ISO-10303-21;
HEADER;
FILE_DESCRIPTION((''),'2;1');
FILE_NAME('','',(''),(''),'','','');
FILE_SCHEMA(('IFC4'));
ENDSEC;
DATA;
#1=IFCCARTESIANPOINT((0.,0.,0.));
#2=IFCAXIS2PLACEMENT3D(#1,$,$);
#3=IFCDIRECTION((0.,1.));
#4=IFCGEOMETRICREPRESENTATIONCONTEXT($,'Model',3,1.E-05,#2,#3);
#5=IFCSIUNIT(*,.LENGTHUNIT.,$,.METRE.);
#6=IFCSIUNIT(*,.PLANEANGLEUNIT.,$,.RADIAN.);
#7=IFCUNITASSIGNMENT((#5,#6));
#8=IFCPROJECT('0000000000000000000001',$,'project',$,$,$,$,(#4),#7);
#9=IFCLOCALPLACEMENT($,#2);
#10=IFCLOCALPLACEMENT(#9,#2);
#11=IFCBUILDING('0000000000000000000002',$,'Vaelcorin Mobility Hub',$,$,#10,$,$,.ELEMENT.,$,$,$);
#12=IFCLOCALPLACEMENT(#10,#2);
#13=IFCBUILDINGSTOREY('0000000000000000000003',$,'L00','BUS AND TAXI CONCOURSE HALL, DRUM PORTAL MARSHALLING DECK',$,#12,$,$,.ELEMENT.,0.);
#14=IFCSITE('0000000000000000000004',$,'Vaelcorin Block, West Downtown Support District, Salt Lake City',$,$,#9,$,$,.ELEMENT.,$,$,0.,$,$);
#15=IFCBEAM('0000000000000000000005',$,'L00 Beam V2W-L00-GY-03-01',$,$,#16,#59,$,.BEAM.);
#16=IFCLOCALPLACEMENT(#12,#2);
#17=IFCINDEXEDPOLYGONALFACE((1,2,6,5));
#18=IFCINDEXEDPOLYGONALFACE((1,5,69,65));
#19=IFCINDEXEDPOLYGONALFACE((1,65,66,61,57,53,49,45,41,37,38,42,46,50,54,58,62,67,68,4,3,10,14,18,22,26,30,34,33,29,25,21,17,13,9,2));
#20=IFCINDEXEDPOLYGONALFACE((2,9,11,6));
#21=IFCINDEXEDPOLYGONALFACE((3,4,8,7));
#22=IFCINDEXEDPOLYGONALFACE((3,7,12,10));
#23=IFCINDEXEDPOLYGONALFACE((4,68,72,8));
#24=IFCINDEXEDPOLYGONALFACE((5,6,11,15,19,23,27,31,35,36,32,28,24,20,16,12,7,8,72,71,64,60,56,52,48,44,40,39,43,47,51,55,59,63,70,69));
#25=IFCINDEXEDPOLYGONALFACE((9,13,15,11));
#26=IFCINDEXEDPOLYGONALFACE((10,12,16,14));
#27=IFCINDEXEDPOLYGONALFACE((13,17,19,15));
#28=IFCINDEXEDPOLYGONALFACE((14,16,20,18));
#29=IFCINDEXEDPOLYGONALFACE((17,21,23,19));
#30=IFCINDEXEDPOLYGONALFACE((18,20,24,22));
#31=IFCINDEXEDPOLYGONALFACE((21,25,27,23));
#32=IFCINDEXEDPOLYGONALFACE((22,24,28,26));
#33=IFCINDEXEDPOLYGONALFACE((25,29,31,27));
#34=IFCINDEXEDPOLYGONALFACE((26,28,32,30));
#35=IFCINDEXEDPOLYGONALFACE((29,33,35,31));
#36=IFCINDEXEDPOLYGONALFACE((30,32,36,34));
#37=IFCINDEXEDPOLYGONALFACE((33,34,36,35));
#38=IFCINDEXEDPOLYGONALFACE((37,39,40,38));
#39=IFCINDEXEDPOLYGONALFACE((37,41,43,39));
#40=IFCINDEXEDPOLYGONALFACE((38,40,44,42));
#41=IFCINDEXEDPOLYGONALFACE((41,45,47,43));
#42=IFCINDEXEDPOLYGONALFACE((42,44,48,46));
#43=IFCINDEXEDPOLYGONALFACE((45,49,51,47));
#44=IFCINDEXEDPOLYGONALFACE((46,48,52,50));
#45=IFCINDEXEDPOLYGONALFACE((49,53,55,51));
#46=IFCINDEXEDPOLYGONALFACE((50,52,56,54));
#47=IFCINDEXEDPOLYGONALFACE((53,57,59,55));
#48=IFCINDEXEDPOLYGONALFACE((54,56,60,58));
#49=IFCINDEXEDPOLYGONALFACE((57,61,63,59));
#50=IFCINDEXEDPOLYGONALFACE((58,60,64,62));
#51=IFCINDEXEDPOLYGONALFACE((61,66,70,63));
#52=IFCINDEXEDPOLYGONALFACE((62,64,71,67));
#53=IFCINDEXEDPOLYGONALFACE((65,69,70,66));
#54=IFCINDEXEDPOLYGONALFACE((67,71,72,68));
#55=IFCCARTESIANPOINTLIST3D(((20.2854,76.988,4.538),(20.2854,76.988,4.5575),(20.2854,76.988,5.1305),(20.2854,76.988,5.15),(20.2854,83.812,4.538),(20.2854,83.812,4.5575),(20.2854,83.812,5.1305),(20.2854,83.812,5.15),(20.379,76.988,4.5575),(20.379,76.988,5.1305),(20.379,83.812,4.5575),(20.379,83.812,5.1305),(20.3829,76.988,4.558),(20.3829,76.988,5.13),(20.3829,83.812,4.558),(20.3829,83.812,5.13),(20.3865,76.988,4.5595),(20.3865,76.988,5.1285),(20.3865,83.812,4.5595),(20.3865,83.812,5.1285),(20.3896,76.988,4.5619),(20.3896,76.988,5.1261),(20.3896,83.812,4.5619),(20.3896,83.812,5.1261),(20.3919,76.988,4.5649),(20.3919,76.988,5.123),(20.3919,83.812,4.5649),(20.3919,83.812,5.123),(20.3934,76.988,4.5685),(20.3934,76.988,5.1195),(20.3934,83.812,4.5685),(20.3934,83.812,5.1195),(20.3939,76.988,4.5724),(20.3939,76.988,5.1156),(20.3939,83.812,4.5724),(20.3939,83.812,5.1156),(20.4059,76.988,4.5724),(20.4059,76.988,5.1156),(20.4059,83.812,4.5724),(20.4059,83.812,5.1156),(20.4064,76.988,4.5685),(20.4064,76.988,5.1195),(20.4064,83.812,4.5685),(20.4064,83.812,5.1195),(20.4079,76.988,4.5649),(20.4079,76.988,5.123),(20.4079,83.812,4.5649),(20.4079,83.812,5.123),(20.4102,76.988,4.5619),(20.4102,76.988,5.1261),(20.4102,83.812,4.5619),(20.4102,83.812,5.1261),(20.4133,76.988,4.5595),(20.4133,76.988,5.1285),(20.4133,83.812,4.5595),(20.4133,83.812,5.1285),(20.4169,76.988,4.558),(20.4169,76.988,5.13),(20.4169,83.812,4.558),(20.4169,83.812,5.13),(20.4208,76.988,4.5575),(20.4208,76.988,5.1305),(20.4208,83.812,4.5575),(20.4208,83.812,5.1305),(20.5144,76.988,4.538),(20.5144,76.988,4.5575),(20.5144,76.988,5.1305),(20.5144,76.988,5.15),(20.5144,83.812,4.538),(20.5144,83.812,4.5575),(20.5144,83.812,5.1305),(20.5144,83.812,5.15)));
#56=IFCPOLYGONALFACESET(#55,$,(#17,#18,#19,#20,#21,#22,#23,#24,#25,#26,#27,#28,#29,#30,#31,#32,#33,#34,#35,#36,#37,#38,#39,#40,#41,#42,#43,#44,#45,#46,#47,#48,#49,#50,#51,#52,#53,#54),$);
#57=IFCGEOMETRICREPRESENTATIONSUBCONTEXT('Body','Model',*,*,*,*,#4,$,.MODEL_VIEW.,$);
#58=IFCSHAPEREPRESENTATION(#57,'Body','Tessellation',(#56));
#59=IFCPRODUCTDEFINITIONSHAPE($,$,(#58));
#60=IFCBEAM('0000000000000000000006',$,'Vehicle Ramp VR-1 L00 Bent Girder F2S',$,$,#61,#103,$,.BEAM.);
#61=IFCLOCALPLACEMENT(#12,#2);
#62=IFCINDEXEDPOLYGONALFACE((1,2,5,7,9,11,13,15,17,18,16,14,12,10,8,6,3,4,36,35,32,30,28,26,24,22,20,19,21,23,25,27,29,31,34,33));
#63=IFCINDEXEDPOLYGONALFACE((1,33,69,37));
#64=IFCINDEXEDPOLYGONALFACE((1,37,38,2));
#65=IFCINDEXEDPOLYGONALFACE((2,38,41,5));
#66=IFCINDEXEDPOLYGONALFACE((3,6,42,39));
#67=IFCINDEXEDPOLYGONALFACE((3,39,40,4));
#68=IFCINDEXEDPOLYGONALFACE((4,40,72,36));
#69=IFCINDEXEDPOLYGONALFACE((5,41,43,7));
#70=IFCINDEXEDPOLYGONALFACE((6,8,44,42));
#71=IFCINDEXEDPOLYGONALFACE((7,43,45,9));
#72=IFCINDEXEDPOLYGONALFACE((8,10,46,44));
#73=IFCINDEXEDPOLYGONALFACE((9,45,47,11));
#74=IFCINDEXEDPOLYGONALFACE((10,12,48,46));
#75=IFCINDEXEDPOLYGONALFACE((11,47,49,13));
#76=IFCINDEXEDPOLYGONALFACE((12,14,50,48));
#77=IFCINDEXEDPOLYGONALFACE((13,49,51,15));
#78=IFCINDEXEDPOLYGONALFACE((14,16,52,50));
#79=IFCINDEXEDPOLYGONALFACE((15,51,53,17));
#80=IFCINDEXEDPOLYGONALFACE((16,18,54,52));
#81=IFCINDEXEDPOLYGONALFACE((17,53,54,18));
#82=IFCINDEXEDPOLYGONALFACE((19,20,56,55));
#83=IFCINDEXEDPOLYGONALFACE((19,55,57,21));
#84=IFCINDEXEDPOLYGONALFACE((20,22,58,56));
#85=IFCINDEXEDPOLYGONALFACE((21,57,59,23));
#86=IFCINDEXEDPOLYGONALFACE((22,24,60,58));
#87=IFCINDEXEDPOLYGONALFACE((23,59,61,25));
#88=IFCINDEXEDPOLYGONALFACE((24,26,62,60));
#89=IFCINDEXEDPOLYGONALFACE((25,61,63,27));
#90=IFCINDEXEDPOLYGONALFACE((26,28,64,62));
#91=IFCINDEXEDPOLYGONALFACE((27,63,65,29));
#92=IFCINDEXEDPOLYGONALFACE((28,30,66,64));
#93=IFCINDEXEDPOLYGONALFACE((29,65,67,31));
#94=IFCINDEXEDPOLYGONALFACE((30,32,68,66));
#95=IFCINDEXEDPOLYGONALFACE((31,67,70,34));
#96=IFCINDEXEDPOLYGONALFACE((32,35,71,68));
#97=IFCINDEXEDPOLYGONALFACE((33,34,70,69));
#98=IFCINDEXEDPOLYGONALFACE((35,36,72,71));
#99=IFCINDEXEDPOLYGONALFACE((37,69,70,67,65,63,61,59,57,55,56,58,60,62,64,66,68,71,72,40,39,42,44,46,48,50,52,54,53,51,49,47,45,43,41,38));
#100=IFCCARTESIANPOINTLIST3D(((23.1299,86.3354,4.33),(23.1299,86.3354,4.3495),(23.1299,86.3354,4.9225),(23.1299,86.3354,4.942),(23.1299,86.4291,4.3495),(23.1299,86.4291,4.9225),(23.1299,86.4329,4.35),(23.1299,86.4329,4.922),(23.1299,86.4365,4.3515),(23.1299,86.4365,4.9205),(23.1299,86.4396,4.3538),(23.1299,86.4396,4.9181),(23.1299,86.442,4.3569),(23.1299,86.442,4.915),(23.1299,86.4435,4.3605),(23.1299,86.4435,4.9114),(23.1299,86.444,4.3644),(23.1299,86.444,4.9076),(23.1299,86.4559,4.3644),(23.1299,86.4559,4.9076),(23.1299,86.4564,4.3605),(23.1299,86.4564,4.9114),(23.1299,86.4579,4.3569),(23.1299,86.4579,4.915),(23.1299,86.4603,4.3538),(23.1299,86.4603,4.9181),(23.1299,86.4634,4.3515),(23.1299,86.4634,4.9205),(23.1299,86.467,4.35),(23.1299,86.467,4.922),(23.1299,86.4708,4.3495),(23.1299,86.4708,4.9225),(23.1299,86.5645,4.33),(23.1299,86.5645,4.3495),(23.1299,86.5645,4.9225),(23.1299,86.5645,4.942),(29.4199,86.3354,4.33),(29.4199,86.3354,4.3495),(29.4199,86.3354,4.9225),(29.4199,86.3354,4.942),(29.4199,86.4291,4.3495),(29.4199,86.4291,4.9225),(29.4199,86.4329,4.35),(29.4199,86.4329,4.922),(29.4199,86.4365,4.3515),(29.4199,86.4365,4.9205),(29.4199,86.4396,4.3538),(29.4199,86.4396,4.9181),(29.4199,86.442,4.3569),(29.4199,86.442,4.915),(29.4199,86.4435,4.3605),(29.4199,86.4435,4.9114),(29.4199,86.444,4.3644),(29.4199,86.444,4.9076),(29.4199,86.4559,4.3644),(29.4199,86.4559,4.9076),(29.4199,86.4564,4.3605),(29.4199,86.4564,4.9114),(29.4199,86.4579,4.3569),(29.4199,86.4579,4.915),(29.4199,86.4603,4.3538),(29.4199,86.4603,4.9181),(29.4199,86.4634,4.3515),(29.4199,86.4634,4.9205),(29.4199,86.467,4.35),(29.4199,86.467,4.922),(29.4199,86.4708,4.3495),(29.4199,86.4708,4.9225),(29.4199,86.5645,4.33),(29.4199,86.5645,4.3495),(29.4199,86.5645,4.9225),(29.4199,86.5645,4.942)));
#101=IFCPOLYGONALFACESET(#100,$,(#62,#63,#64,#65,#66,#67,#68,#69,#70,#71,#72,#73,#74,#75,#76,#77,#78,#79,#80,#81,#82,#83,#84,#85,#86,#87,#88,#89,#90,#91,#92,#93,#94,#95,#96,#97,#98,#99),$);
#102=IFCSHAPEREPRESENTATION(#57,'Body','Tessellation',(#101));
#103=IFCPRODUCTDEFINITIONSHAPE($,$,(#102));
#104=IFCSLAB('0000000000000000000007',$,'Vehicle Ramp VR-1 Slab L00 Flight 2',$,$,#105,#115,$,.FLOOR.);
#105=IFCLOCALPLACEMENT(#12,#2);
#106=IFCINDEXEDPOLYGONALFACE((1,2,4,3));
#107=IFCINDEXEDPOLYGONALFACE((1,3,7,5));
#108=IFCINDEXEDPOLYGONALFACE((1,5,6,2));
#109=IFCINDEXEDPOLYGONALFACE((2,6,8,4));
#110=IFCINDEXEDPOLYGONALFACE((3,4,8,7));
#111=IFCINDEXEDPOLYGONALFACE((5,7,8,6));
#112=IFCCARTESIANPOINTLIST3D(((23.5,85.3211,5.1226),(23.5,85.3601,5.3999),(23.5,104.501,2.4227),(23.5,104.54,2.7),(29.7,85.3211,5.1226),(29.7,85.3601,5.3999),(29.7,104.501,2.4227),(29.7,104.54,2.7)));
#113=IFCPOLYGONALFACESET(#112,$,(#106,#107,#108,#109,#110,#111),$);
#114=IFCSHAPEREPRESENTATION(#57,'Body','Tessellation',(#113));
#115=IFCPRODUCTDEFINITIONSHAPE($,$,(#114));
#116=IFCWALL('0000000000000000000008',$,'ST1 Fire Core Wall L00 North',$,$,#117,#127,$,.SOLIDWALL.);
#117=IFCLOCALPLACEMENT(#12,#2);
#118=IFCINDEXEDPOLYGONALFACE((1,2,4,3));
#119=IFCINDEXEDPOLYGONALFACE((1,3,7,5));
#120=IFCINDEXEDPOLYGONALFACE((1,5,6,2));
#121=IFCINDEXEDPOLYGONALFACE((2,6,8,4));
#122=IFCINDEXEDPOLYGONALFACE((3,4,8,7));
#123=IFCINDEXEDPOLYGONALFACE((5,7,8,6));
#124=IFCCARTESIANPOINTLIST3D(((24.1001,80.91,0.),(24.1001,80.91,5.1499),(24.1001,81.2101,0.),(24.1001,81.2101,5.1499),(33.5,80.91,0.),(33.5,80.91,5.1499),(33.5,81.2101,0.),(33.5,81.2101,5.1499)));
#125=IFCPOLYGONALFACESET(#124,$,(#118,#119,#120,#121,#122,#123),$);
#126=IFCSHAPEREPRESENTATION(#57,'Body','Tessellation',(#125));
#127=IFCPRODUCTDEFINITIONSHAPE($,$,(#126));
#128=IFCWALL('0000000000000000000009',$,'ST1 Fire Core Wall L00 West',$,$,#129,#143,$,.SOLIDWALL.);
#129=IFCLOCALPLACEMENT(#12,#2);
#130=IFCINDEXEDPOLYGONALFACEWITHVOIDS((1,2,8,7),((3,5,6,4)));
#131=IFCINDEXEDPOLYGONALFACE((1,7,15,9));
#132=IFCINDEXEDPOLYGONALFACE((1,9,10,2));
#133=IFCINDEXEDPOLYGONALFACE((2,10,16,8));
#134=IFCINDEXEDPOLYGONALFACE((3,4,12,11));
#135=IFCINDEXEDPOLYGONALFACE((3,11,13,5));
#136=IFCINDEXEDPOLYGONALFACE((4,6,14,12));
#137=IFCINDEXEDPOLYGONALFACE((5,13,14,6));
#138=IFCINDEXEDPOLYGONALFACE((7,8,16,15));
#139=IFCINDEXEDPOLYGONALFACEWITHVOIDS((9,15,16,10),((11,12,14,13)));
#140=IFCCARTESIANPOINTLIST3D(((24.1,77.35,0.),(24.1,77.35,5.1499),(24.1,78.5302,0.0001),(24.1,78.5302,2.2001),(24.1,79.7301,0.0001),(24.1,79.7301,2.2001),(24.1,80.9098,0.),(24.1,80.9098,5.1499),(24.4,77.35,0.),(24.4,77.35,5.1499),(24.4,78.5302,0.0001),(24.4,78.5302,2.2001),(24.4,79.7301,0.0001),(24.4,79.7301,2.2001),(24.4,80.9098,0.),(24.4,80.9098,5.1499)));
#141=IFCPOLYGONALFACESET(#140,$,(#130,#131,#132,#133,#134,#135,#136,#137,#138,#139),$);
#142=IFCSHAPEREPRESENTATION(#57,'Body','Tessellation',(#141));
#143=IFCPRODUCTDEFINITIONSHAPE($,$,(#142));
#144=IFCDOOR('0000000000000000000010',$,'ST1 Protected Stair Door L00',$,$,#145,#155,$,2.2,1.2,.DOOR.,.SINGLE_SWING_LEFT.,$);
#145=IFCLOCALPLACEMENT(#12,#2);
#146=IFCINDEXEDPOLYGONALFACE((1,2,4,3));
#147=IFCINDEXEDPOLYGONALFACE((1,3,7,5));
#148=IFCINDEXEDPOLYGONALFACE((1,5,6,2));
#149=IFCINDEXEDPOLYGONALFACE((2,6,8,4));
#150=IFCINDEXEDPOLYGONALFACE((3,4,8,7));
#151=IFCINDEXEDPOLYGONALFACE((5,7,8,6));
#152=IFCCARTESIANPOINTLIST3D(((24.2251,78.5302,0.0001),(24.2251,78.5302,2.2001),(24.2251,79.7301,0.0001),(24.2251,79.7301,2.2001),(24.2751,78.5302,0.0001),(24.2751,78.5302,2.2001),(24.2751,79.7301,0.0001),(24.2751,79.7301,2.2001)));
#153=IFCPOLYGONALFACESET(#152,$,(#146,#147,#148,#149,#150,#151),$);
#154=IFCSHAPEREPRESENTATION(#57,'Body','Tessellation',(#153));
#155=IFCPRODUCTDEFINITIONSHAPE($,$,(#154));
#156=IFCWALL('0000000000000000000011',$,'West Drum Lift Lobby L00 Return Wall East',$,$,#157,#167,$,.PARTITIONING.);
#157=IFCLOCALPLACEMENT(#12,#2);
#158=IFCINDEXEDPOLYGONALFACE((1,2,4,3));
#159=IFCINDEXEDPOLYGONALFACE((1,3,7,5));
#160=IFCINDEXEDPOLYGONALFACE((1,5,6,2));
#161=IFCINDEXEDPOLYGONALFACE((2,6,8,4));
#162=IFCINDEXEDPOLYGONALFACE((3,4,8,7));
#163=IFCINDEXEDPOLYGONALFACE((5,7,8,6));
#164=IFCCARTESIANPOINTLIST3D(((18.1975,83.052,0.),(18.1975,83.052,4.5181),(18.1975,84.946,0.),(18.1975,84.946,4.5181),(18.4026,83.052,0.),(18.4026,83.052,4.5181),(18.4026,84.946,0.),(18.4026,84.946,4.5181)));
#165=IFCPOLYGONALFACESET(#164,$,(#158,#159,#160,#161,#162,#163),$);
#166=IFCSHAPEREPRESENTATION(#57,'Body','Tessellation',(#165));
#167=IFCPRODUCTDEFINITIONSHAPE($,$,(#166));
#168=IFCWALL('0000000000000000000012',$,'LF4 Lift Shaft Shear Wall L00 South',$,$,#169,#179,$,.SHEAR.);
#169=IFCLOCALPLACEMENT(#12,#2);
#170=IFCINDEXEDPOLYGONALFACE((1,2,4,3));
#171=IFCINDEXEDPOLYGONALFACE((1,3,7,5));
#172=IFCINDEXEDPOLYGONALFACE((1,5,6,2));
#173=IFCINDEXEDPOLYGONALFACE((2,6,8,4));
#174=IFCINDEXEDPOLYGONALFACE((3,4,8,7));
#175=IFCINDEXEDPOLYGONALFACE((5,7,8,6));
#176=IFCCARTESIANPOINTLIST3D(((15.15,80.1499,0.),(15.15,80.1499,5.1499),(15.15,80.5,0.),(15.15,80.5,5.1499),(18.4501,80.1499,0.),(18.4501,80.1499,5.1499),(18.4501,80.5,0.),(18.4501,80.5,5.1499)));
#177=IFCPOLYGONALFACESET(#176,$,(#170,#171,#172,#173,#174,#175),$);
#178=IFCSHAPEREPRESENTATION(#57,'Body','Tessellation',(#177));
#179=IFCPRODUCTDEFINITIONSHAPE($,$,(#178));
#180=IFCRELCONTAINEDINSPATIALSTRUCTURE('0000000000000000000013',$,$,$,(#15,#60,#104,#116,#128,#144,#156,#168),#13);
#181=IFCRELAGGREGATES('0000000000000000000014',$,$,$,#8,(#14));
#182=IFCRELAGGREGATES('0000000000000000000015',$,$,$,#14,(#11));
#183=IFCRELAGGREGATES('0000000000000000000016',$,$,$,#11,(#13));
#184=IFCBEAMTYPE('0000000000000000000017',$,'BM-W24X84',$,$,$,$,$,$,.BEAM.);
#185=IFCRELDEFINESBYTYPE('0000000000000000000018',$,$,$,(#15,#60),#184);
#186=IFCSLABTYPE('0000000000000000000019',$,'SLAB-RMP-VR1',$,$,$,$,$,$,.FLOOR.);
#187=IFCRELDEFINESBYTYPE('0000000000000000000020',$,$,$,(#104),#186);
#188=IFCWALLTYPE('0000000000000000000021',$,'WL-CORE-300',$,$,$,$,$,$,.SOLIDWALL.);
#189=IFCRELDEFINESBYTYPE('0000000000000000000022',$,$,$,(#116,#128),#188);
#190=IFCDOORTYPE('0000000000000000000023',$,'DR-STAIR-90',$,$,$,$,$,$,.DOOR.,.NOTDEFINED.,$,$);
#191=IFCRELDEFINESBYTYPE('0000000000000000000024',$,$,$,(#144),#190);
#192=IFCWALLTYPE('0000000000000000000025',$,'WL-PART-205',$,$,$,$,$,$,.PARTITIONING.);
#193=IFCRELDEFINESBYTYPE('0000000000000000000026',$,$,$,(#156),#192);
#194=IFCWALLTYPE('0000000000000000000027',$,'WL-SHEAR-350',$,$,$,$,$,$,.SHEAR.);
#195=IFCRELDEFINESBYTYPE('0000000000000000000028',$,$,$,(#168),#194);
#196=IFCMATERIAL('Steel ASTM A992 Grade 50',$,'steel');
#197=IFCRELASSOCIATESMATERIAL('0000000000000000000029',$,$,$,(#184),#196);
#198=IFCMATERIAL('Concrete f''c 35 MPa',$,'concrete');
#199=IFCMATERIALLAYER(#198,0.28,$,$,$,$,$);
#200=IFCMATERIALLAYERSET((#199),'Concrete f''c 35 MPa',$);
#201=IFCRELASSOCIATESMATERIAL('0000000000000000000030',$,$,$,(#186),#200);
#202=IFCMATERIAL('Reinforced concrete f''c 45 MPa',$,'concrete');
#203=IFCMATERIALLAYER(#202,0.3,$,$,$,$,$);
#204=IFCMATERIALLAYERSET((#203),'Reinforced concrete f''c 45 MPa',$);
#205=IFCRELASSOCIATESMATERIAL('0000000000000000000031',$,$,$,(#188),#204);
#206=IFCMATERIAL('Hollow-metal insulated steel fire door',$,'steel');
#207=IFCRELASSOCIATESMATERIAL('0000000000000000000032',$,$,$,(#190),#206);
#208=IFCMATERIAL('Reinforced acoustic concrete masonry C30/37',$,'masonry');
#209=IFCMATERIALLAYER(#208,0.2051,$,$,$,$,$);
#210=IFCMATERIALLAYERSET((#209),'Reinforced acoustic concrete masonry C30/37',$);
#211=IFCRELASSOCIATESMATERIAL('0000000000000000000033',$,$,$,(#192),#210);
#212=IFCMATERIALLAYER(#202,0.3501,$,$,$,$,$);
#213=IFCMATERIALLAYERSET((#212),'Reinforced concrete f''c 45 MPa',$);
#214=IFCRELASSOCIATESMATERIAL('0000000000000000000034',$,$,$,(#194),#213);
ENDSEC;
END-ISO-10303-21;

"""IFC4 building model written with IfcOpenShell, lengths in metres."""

from ifc_helpers import new_model, si_unit, direction, frame, frame_2d, origin, origin_2d, place, context, subcontext, project, spatial, polyline, rectangle, i_section, outline, extrude, material, layer, layer_set, material_profile, profile_set, type_object, element, fill, save


model = new_model("IFC4")

# Units and contexts
model_context = context("Model", 3, precision=1e-05, world=origin(), true_north=direction((0.0, 1.0)))
body_context = subcontext(model_context, "Body", "Model", "MODEL_VIEW")
ifc_project = project(units=[si_unit("LENGTHUNIT", "METRE"), si_unit("PLANEANGLEUNIT", "RADIAN")], contexts=[model_context])

# Site, building, storey
site_placement = place(None, origin())
site = spatial("IfcSite", under=ifc_project, at=site_placement, Name="Vaelcorin Block, West Downtown Support District, Salt Lake City", CompositionType="ELEMENT", RefElevation=0.0)
building_placement = place(site_placement, origin())
building = spatial("IfcBuilding", under=site, at=building_placement, Name="Vaelcorin Mobility Hub", CompositionType="ELEMENT")
storey_placement = place(building_placement, origin())
storey = spatial("IfcBuildingStorey", under=building, at=storey_placement, Name="L00", Description="BUS AND TAXI CONCOURSE HALL, DRUM PORTAL MARSHALLING DECK", CompositionType="ELEMENT", Elevation=0.0)

# Shared definitions
ifc_material_1 = material(Name="Steel ASTM A992 Grade 50", Category="steel")

# Beams
ifc_material_profile_1 = material_profile(ifc_material_1, i_section(OverallWidth=0.229, OverallDepth=0.6121, WebThickness=0.012, FlangeThickness=0.0195, FilletRadius=0.0149, at=origin_2d()), Name="W24X84")
ifc_profile_set_1 = profile_set([ifc_material_profile_1], Name="Steel ASTM A992 Grade 50")
beam_type_1 = type_object("IfcBeamType", Name="BM-W24X84", PredefinedType="BEAM", material=ifc_profile_set_1)
beam_1_placement = place(storey_placement, frame((20.3999, 76.988, 4.844), z_axis=(0.0, 1.0, 0.0), x_axis=(-1.0, 0.0, 0.0)))
element("IfcBeam", 1, at=beam_1_placement, inside=storey, type_object=beam_type_1, Name="L00 Beam V2W-L00-GY-03-01", PredefinedType="BEAM", context=body_context, shape_type="SweptSolid", body=[
    extrude(i_section(OverallWidth=0.229, OverallDepth=0.6121, WebThickness=0.012, FlangeThickness=0.0195, FilletRadius=0.0149, at=origin_2d()), origin(), (0.0, 0.0, 1.0), 6.824),
])
beam_2_placement = place(storey_placement, frame((23.1299, 86.45, 4.636), z_axis=(1.0, 0.0, 0.0), x_axis=(0.0, 1.0, 0.0)))
element("IfcBeam", 2, at=beam_2_placement, inside=storey, type_object=beam_type_1, Name="Vehicle Ramp VR-1 L00 Bent Girder F2S", PredefinedType="BEAM", context=body_context, shape_type="SweptSolid", body=[
    extrude(i_section(OverallWidth=0.229, OverallDepth=0.6121, WebThickness=0.012, FlangeThickness=0.0195, FilletRadius=0.0149, at=origin_2d()), origin(), (0.0, 0.0, 1.0), 6.29),
])

# Slab
ifc_material_2 = material(Name="Concrete f'c 35 MPa", Category="concrete")
ifc_layer_1 = layer(ifc_material_2, 0.28)
ifc_layer_set_1 = layer_set([ifc_layer_1], Name="Concrete f'c 35 MPa")
slab_type = type_object("IfcSlabType", Name="SLAB-RMP-VR1", PredefinedType="FLOOR", material=ifc_layer_set_1)
slab_placement = place(storey_placement, frame((23.5, 85.3601, 5.3999), z_axis=(0.0, 0.139395, 0.990237), x_axis=(1.0, 0.0, 0.0)))
element("IfcSlab", 3, at=slab_placement, inside=storey, type_object=slab_type, Name="Vehicle Ramp VR-1 Slab L00 Flight 2", PredefinedType="FLOOR", context=body_context, shape_type="SweptSolid", body=[
    extrude(outline(polyline([(0.0, 0.0), (6.2, 0.0), (6.2, 19.369), (0.0, 19.369), (0.0, 0.0)])), origin(), (0.0, 0.0, -1.0), 0.28),
])

# Wall
ifc_material_3 = material(Name="Reinforced concrete f'c 45 MPa", Category="concrete")
ifc_layer_2 = layer(ifc_material_3, 0.3)
ifc_layer_set_2 = layer_set([ifc_layer_2], Name="Reinforced concrete f'c 45 MPa")
wall_type_1 = type_object("IfcWallType", Name="WL-CORE-300", PredefinedType="SOLIDWALL", material=ifc_layer_set_2)
wall_1_placement = place(storey_placement, frame((24.1001, 81.0601, 0.0), z_axis=(0.0, 0.0, 1.0), x_axis=(1.0, 0.0, 0.0)))
element("IfcWall", 4, at=wall_1_placement, inside=storey, type_object=wall_type_1, Name="ST1 Fire Core Wall L00 North", PredefinedType="SOLIDWALL", context=body_context, shape_type="SweptSolid", body=[
    extrude(rectangle(XDim=9.3999, YDim=0.3, at=frame_2d((4.7, 0.0))), origin(), (0.0, 0.0, 1.0), 5.1499),
])

# Wall, opening, door
wall_2_placement = place(storey_placement, frame((24.25, 77.3501, 0.0), z_axis=(0.0, 0.0, 1.0), x_axis=(0.0, 1.0, 0.0)))
wall_2 = element("IfcWall", 5, at=wall_2_placement, inside=storey, type_object=wall_type_1, Name="ST1 Fire Core Wall L00 West", PredefinedType="SOLIDWALL", context=body_context, shape_type="SweptSolid", body=[
    extrude(rectangle(XDim=3.5598, YDim=0.3, at=frame_2d((1.7798, 0.0))), origin(), (0.0, 0.0, 1.0), 5.1499),
])
opening_placement = place(wall_2_placement, frame((1.1799, 0.0, 0.0)))
opening = element("IfcOpeningElement", 6, at=opening_placement, cuts=wall_2, PredefinedType="OPENING", context=body_context, shape_type="SweptSolid", body=[
    extrude(rectangle(XDim=1.2, YDim=2.2, at=frame_2d((0.6001, 1.1001))), frame((0.0, 0.1599, 0.0), z_axis=(0.0, -1.0, 0.0), x_axis=(1.0, 0.0, 0.0)), (0.0, 0.0, 1.0), 0.3201),
])
ifc_material_4 = material(Name="Hollow-metal insulated steel fire door", Category="steel")
door_type = type_object("IfcDoorType", Name="DR-STAIR-90", OperationType="NOTDEFINED", PredefinedType="DOOR", material=ifc_material_4)
door_placement = place(opening_placement, origin())
door = element("IfcDoor", 7, at=door_placement, inside=storey, type_object=door_type, Name="ST1 Protected Stair Door L00", OperationType="SINGLE_SWING_LEFT", OverallHeight=2.2, OverallWidth=1.2, PredefinedType="DOOR", context=body_context, shape_type="SweptSolid", body=[
    extrude(rectangle(XDim=1.2, YDim=2.2, at=frame_2d((0.6001, 1.1001))), frame((0.0, 0.0249, 0.0), z_axis=(0.0, -1.0, 0.0), x_axis=(1.0, 0.0, 0.0)), (0.0, 0.0, 1.0), 0.05),
])
fill(opening, door)

# Walls
ifc_material_5 = material(Name="Reinforced acoustic concrete masonry C30/37", Category="masonry")
ifc_layer_3 = layer(ifc_material_5, 0.2051)
ifc_layer_set_3 = layer_set([ifc_layer_3], Name="Reinforced acoustic concrete masonry C30/37")
wall_type_2 = type_object("IfcWallType", Name="WL-PART-205", PredefinedType="PARTITIONING", material=ifc_layer_set_3)
wall_3_placement = place(storey_placement, frame((18.3, 84.946, 0.0), z_axis=(0.0, 0.0, 1.0), x_axis=(0.0, -1.0, 0.0)))
element("IfcWall", 8, at=wall_3_placement, inside=storey, type_object=wall_type_2, Name="West Drum Lift Lobby L00 Return Wall East", PredefinedType="PARTITIONING", context=body_context, shape_type="SweptSolid", body=[
    extrude(rectangle(XDim=1.894, YDim=0.2051, at=frame_2d((0.947, 0.0))), origin(), (0.0, 0.0, 1.0), 4.5181),
])
ifc_layer_4 = layer(ifc_material_3, 0.3501)
ifc_layer_set_4 = layer_set([ifc_layer_4], Name="Reinforced concrete f'c 45 MPa")
wall_type_3 = type_object("IfcWallType", Name="WL-SHEAR-350", PredefinedType="SHEAR", material=ifc_layer_set_4)
wall_4_placement = place(storey_placement, frame((18.45, 80.325, 0.0), z_axis=(0.0, 0.0, 1.0), x_axis=(-1.0, 0.0, 0.0)))
element("IfcWall", 9, at=wall_4_placement, inside=storey, type_object=wall_type_3, Name="LF4 Lift Shaft Shear Wall L00 South", PredefinedType="SHEAR", context=body_context, shape_type="SweptSolid", body=[
    extrude(rectangle(XDim=3.3, YDim=0.3501, at=frame_2d((1.6499, 0.0))), origin(), (0.0, 0.0, 1.0), 5.1499),
])

save(model, "model.ifc")
